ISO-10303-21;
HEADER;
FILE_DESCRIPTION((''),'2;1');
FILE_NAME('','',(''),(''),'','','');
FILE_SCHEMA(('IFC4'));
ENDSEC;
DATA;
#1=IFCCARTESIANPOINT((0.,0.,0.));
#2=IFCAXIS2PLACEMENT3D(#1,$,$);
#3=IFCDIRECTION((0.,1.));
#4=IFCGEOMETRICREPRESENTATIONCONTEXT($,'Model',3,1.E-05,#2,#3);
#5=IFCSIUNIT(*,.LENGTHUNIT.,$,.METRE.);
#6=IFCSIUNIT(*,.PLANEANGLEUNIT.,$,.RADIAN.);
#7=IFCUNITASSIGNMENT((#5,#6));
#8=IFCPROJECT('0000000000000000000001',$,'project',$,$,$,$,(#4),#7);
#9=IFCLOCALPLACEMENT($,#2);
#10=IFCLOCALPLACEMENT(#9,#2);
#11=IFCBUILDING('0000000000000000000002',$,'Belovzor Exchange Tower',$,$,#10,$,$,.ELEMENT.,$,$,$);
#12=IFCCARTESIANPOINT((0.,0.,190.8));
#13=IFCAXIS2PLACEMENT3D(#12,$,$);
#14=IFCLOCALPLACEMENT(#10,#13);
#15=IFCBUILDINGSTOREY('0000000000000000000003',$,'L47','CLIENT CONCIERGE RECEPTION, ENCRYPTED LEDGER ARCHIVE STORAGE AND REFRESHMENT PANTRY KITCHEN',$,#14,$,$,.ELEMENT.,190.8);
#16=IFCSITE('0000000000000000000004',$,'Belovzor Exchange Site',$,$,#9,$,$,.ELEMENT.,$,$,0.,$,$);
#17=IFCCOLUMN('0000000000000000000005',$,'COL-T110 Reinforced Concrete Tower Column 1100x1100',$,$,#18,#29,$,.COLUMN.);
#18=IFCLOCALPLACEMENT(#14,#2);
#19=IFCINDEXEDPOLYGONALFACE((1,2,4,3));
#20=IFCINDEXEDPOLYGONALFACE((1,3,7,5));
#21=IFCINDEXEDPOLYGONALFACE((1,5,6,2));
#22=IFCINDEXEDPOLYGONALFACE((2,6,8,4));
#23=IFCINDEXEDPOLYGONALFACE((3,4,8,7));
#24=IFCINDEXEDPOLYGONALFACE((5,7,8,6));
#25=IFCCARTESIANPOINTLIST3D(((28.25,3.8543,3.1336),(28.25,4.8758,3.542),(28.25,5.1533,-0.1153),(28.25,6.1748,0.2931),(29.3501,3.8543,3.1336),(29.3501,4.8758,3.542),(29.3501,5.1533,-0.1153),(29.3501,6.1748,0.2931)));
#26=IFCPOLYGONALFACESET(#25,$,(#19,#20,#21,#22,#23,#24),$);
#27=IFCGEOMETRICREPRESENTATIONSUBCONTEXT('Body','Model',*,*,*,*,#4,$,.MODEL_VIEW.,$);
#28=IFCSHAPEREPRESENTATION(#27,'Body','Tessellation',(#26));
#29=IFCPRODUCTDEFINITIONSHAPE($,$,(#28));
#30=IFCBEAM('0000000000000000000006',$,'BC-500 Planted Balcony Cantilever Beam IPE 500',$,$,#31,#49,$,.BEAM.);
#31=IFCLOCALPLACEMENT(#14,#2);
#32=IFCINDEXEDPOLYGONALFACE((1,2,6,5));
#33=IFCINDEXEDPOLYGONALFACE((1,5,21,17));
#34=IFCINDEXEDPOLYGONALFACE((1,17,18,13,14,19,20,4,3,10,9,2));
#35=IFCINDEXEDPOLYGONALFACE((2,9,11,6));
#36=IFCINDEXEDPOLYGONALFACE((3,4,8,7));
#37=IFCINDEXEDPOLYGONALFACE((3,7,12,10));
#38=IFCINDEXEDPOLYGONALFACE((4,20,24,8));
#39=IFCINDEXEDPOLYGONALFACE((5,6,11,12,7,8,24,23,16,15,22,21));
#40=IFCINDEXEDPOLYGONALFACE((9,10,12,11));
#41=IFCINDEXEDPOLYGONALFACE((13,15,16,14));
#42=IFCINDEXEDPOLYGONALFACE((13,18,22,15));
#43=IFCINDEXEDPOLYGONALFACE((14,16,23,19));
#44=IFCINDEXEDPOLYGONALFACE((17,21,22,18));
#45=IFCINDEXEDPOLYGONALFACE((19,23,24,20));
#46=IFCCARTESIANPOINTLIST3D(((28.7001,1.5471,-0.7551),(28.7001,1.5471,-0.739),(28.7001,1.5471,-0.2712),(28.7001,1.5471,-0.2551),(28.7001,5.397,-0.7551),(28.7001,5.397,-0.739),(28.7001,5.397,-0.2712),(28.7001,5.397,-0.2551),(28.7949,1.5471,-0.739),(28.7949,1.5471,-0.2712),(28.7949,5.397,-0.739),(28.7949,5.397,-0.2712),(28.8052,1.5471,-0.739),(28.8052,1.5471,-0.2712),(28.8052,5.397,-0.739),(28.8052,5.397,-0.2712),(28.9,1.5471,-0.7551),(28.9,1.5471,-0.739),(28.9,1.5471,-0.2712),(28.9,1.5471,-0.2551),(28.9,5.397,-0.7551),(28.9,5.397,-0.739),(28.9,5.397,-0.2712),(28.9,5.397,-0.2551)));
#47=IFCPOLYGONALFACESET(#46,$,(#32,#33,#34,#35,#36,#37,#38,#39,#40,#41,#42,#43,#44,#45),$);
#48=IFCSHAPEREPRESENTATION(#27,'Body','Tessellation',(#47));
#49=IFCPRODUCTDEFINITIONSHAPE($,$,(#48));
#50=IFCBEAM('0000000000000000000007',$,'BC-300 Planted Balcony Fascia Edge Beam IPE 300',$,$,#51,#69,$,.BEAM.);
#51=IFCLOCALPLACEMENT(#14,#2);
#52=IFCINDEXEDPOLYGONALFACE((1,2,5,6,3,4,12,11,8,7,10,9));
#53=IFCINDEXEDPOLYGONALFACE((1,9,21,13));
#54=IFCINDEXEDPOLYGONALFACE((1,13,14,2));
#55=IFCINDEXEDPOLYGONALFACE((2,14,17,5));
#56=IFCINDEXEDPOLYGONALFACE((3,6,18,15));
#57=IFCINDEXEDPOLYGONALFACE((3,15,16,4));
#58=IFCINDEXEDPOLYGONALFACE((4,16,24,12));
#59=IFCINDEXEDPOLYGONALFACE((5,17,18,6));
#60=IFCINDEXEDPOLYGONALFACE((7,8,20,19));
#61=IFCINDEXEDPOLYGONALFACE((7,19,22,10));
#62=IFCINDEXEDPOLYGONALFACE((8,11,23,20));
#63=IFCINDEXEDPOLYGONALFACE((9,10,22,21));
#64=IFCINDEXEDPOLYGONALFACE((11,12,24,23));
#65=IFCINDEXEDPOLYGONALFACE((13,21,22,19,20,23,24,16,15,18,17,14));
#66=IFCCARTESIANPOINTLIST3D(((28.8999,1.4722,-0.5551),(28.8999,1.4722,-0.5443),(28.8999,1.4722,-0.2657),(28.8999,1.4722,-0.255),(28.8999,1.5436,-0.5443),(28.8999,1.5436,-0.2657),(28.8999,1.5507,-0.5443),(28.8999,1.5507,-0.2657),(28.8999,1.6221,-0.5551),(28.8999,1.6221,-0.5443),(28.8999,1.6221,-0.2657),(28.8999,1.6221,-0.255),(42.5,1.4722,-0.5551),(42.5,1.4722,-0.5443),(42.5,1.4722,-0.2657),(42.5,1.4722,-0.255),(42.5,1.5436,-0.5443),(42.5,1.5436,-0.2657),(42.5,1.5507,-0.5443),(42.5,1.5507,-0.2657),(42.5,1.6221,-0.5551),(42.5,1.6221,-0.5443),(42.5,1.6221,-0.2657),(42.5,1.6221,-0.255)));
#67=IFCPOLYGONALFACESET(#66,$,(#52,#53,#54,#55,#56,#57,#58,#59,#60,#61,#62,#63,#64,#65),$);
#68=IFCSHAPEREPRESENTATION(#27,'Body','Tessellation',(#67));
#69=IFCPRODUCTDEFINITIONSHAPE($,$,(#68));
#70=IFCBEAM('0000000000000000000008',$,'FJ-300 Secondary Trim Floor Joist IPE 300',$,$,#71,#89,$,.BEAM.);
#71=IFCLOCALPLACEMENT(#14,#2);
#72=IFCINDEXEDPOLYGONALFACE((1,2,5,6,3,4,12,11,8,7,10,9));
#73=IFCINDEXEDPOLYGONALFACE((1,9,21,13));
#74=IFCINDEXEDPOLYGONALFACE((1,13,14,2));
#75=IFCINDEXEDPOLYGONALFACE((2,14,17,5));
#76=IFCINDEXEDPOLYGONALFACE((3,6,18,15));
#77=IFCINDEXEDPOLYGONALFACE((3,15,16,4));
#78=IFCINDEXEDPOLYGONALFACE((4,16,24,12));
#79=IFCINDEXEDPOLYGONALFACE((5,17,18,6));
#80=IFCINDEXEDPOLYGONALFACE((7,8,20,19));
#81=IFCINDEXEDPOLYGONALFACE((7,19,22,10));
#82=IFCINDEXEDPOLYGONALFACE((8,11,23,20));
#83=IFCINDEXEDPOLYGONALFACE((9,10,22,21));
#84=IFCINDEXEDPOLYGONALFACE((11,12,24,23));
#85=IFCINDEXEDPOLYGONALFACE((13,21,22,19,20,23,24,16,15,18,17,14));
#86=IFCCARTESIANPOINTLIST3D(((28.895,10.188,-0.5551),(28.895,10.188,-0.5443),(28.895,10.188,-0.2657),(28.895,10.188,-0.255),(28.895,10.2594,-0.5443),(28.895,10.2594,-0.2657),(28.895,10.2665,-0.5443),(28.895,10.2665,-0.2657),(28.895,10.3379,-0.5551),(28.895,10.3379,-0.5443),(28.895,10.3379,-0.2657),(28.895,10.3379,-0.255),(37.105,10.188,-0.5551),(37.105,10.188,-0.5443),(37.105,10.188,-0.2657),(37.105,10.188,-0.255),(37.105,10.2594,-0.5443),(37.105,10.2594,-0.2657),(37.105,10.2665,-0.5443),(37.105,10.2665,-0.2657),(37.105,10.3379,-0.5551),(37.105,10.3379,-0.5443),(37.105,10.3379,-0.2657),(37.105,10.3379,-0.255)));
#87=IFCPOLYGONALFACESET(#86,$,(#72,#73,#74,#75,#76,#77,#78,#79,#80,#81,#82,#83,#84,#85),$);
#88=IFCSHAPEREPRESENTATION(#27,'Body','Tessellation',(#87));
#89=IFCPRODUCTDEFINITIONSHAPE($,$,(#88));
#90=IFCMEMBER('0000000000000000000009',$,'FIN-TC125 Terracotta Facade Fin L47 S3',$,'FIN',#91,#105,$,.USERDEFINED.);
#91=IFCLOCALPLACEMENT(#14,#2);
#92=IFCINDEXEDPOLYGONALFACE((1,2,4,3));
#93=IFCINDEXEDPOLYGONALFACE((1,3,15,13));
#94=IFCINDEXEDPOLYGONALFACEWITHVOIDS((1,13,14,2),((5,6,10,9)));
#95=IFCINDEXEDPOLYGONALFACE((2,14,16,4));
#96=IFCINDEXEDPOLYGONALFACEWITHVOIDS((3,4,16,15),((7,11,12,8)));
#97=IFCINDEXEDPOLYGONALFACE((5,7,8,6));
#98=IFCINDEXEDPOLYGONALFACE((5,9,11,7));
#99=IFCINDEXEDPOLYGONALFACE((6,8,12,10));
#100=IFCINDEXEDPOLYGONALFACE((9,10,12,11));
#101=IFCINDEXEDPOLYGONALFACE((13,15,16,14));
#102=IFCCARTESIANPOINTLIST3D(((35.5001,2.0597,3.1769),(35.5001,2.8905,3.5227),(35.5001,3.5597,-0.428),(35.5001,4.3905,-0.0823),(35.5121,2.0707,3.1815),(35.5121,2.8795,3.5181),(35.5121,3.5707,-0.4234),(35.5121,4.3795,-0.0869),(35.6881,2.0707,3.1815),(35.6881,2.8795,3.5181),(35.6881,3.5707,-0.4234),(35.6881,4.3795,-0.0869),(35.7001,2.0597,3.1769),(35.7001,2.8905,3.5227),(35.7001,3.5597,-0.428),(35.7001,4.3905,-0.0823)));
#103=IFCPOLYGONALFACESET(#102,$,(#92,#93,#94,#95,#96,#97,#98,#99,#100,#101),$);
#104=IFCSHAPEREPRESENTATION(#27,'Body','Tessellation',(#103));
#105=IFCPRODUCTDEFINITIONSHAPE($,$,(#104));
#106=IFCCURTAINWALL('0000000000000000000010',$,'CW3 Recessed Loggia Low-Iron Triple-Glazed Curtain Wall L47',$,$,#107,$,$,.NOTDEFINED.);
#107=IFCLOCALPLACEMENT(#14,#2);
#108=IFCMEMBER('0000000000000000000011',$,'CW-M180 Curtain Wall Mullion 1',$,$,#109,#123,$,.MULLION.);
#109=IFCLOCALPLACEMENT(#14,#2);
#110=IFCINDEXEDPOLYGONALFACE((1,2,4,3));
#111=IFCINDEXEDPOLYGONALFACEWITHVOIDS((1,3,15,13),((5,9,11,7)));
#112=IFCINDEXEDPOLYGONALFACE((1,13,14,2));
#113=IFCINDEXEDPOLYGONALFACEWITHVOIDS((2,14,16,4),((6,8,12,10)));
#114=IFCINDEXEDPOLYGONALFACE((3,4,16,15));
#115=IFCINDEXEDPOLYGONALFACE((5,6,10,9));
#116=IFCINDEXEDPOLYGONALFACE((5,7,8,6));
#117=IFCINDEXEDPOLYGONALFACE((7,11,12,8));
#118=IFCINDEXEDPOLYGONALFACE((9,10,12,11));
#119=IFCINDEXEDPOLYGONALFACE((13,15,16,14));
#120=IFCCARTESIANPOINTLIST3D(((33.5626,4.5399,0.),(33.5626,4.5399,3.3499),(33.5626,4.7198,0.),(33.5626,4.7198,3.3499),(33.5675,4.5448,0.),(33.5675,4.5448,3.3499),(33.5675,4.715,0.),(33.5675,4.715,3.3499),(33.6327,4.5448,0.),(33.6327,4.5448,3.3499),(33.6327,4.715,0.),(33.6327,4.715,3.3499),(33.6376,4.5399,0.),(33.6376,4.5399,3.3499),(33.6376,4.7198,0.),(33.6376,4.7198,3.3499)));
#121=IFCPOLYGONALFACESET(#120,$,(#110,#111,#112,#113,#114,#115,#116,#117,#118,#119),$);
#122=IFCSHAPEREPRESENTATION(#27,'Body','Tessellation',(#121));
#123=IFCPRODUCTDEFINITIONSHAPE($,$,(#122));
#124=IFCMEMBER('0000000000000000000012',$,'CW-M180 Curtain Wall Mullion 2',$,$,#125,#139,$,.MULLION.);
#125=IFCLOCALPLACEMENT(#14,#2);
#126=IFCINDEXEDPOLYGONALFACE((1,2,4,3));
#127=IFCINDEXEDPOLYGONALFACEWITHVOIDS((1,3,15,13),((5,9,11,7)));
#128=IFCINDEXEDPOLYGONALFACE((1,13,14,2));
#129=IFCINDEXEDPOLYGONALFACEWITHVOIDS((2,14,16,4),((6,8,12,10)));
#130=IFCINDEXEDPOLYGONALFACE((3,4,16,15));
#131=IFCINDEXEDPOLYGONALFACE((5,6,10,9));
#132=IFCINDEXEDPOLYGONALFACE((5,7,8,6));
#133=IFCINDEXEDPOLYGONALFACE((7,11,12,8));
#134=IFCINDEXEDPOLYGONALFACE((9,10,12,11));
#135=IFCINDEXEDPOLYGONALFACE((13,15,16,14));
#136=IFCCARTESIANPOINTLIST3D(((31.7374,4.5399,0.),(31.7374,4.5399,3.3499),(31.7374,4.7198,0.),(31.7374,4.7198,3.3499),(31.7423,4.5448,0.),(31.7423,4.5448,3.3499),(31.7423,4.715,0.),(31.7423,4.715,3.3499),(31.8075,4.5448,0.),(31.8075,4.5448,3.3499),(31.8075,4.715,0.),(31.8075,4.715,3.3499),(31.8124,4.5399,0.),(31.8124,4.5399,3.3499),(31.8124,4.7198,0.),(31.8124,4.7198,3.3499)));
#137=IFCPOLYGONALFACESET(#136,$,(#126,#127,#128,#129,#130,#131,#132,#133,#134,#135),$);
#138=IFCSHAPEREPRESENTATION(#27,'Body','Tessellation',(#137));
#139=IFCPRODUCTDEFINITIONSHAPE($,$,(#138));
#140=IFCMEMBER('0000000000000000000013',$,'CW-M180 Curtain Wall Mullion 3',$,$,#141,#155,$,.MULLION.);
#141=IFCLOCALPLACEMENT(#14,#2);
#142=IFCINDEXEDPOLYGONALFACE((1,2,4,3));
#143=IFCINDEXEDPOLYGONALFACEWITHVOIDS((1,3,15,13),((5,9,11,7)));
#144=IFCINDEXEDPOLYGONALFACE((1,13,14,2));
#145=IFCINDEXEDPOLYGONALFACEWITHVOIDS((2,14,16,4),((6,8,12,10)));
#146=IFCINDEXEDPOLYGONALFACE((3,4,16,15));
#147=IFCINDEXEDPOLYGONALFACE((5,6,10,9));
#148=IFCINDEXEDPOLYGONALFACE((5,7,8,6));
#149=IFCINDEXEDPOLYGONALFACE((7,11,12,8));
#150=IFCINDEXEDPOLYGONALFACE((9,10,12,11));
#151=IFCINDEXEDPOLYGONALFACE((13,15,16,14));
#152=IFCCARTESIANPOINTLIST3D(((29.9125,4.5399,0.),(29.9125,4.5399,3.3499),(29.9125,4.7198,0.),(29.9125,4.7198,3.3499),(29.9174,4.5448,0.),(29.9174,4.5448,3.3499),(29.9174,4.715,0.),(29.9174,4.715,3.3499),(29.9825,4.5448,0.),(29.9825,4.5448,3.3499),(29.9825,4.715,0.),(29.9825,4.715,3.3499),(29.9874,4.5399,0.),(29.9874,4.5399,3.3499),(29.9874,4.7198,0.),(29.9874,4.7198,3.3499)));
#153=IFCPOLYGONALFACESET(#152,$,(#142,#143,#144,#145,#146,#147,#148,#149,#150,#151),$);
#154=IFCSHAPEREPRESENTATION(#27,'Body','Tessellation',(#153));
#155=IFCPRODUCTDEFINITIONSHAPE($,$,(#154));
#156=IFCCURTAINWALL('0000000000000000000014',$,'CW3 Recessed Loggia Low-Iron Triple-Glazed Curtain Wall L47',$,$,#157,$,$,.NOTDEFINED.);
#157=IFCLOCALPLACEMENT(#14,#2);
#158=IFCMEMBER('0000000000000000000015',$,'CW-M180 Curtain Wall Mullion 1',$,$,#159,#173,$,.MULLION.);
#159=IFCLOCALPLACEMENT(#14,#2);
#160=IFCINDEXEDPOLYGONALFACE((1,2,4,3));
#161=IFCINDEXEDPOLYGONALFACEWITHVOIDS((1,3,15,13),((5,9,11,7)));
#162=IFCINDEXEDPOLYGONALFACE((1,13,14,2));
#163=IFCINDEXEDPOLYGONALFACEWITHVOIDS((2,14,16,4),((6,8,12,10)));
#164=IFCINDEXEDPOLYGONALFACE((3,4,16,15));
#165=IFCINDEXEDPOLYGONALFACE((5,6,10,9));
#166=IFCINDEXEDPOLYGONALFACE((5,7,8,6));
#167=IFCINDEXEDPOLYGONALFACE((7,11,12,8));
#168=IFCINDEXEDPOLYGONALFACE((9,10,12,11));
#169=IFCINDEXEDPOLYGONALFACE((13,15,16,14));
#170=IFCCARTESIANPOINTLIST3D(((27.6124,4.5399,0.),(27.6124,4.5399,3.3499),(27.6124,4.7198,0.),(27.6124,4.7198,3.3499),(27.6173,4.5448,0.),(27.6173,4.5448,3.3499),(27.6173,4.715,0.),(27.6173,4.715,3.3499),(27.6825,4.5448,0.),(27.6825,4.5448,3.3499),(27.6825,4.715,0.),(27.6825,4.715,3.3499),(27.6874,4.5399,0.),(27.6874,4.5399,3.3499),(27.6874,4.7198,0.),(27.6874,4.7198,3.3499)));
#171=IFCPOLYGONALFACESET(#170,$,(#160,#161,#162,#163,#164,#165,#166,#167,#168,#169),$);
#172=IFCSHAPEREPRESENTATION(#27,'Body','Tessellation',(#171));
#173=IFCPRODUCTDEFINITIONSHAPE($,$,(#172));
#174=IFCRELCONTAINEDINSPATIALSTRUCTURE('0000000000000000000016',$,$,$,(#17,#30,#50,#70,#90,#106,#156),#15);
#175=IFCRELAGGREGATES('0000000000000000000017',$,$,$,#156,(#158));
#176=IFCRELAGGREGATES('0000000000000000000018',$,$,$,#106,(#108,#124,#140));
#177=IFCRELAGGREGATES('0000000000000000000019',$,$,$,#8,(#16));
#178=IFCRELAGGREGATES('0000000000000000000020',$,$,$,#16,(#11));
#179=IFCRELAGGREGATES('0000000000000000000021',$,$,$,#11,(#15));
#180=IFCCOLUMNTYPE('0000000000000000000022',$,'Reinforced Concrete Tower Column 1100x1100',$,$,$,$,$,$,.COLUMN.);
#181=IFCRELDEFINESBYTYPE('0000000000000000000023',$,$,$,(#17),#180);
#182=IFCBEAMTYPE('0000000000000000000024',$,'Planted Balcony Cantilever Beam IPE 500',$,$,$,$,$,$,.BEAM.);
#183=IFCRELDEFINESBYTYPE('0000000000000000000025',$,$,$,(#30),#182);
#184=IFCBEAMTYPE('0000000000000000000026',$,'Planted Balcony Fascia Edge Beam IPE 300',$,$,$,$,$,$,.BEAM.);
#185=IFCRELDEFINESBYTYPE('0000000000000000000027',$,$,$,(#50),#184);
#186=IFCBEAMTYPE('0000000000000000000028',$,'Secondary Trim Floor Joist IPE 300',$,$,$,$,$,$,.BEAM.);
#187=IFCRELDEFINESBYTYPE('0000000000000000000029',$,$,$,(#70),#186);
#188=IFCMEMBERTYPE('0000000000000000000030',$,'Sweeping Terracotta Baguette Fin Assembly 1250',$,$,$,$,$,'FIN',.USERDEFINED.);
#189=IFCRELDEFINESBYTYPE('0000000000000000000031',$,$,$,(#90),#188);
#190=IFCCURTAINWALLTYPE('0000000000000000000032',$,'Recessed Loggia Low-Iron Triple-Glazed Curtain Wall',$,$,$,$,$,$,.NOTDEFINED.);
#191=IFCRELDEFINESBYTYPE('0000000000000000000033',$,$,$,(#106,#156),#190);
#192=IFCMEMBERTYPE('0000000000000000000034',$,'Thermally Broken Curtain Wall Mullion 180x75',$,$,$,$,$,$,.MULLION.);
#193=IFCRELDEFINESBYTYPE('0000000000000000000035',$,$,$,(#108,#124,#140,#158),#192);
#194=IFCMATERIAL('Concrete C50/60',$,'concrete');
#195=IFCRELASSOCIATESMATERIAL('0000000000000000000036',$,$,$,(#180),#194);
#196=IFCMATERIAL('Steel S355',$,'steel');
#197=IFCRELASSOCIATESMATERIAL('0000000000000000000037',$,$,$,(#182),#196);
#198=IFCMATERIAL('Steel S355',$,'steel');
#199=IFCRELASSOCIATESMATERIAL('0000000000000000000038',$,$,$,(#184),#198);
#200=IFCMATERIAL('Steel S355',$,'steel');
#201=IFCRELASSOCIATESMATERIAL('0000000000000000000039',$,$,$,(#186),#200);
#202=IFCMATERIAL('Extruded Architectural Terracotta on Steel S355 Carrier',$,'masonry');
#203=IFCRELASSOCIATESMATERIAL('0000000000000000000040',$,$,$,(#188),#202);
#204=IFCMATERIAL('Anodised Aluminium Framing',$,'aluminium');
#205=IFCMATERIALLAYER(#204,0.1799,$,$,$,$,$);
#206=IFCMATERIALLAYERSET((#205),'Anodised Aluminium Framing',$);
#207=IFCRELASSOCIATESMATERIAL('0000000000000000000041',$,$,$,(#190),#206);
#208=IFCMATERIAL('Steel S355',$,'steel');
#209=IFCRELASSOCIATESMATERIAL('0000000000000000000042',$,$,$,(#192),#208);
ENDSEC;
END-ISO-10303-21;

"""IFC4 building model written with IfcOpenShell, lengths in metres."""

from ifc_helpers import new_model, si_unit, direction, frame, origin, origin_2d, place, context, subcontext, project, spatial, rectangle, hollow_rectangle, i_section, extrude, material, layer, layer_set, material_profile, profile_set, type_object, element, aggregate, save


model = new_model("IFC4")

# Units and contexts
model_context = context("Model", 3, precision=1e-05, world=origin(), true_north=direction((0.0, 1.0)))
body_context = subcontext(model_context, "Body", "Model", "MODEL_VIEW")
ifc_project = project(units=[si_unit("LENGTHUNIT", "METRE"), si_unit("PLANEANGLEUNIT", "RADIAN")], contexts=[model_context])

# Site, building, storey
site_placement = place(None, origin())
site = spatial("IfcSite", under=ifc_project, at=site_placement, Name="Belovzor Exchange Site", CompositionType="ELEMENT", RefElevation=0.0)
building_placement = place(site_placement, origin())
building = spatial("IfcBuilding", under=site, at=building_placement, Name="Belovzor Exchange Tower", CompositionType="ELEMENT")
storey_placement = place(building_placement, frame((0.0, 0.0, 190.8)))
storey = spatial("IfcBuildingStorey", under=building, at=storey_placement, Name="L47", Description="CLIENT CONCIERGE RECEPTION, ENCRYPTED LEDGER ARCHIVE STORAGE AND REFRESHMENT PANTRY KITCHEN", CompositionType="ELEMENT", Elevation=190.8)

# Column
ifc_material_1 = material(Name="Concrete C50/60", Category="concrete")
ifc_material_profile_1 = material_profile(ifc_material_1, rectangle(XDim=1.1001, YDim=1.1001, at=origin_2d()))
ifc_profile_set_1 = profile_set([ifc_material_profile_1], Name="Concrete C50/60")
column_type = type_object("IfcColumnType", Name="Reinforced Concrete Tower Column 1100x1100", PredefinedType="COLUMN", material=ifc_profile_set_1)
column_placement = place(storey_placement, frame((28.8, 5.6641, 0.0889), z_axis=(0.0, -0.371258, 0.92853), x_axis=(1.0, 0.0, 0.0)))
element("IfcColumn", 1, at=column_placement, inside=storey, type_object=column_type, Name="COL-T110 Reinforced Concrete Tower Column 1100x1100", PredefinedType="COLUMN", context=body_context, shape_type="SweptSolid", body=[
    extrude(rectangle(XDim=1.1001, YDim=1.1001, at=origin_2d()), origin(), (0.0, 0.0, 1.0), 3.499),
])

# Beams
ifc_material_2 = material(Name="Steel S355", Category="steel")
ifc_material_profile_2 = material_profile(ifc_material_2, i_section(OverallWidth=0.2, OverallDepth=0.5, WebThickness=0.0103, FlangeThickness=0.0161, at=origin_2d()))
ifc_profile_set_2 = profile_set([ifc_material_profile_2], Name="Steel S355")
beam_type_1 = type_object("IfcBeamType", Name="Planted Balcony Cantilever Beam IPE 500", PredefinedType="BEAM", material=ifc_profile_set_2)
beam_1_placement = place(storey_placement, frame((28.8, 5.397, -0.5051), z_axis=(0.0, -1.0, 0.0), x_axis=(1.0, 0.0, 0.0)))
element("IfcBeam", 2, at=beam_1_placement, inside=storey, type_object=beam_type_1, Name="BC-500 Planted Balcony Cantilever Beam IPE 500", PredefinedType="BEAM", context=body_context, shape_type="SweptSolid", body=[
    extrude(i_section(OverallWidth=0.2, OverallDepth=0.5, WebThickness=0.0103, FlangeThickness=0.0161, at=origin_2d()), origin(), (0.0, 0.0, 1.0), 3.8499),
])
ifc_material_3 = material(Name="Steel S355", Category="steel")
ifc_material_profile_3 = material_profile(ifc_material_3, i_section(OverallWidth=0.1499, OverallDepth=0.3, WebThickness=0.0071, FlangeThickness=0.0107, at=origin_2d()))
ifc_profile_set_3 = profile_set([ifc_material_profile_3], Name="Steel S355")
beam_type_2 = type_object("IfcBeamType", Name="Planted Balcony Fascia Edge Beam IPE 300", PredefinedType="BEAM", material=ifc_profile_set_3)
beam_2_placement = place(storey_placement, frame((28.8999, 1.5471, -0.405), z_axis=(1.0, 0.0, 0.0), x_axis=(0.0, 1.0, 0.0)))
element("IfcBeam", 3, at=beam_2_placement, inside=storey, type_object=beam_type_2, Name="BC-300 Planted Balcony Fascia Edge Beam IPE 300", PredefinedType="BEAM", context=body_context, shape_type="SweptSolid", body=[
    extrude(i_section(OverallWidth=0.1499, OverallDepth=0.3, WebThickness=0.0071, FlangeThickness=0.0107, at=origin_2d()), origin(), (0.0, 0.0, 1.0), 13.6001),
])
ifc_material_4 = material(Name="Steel S355", Category="steel")
ifc_material_profile_4 = material_profile(ifc_material_4, i_section(OverallWidth=0.1499, OverallDepth=0.3, WebThickness=0.0071, FlangeThickness=0.0107, at=origin_2d()))
ifc_profile_set_4 = profile_set([ifc_material_profile_4], Name="Steel S355")
beam_type_3 = type_object("IfcBeamType", Name="Secondary Trim Floor Joist IPE 300", PredefinedType="BEAM", material=ifc_profile_set_4)
beam_3_placement = place(storey_placement, frame((28.895, 10.2629, -0.405), z_axis=(1.0, 0.0, 0.0), x_axis=(0.0, 1.0, 0.0)))
element("IfcBeam", 4, at=beam_3_placement, inside=storey, type_object=beam_type_3, Name="FJ-300 Secondary Trim Floor Joist IPE 300", PredefinedType="BEAM", context=body_context, shape_type="SweptSolid", body=[
    extrude(i_section(OverallWidth=0.1499, OverallDepth=0.3, WebThickness=0.0071, FlangeThickness=0.0107, at=origin_2d()), origin(), (0.0, 0.0, 1.0), 8.21),
])

# Member
ifc_material_5 = material(Name="Extruded Architectural Terracotta on Steel S355 Carrier", Category="masonry")
ifc_material_profile_5 = material_profile(ifc_material_5, hollow_rectangle(XDim=0.2, YDim=0.8999, WallThickness=0.012, at=origin_2d()))
ifc_profile_set_5 = profile_set([ifc_material_profile_5], Name="Extruded Architectural Terracotta on Steel S355 Carrier")
member_type_1 = type_object("IfcMemberType", Name="Sweeping Terracotta Baguette Fin Assembly 1250", ElementType="FIN", PredefinedType="USERDEFINED", material=ifc_profile_set_5)
member_1_placement = place(storey_placement, frame((35.6001, 3.9751, -0.2551), z_axis=(0.0, -0.384162, 0.923266), x_axis=(1.0, 0.0, 0.0)))
element("IfcMember", 5, at=member_1_placement, inside=storey, type_object=member_type_1, Name="FIN-TC125 Terracotta Facade Fin L47 S3", ObjectType="FIN", PredefinedType="USERDEFINED", context=body_context, shape_type="SweptSolid", body=[
    extrude(hollow_rectangle(XDim=0.2, YDim=0.8999, WallThickness=0.012, at=origin_2d()), origin(), (0.0, 0.0, 1.0), 3.9045),
])

# Curtain wall, members
ifc_material_6 = material(Name="Anodised Aluminium Framing", Category="aluminium")
ifc_layer_1 = layer(ifc_material_6, 0.1799)
ifc_layer_set_1 = layer_set([ifc_layer_1], Name="Anodised Aluminium Framing")
curtain_wall_type = type_object("IfcCurtainWallType", Name="Recessed Loggia Low-Iron Triple-Glazed Curtain Wall", PredefinedType="NOTDEFINED", material=ifc_layer_set_1)
curtain_wall_1_placement = place(storey_placement, origin())
curtain_wall_1 = element("IfcCurtainWall", 6, at=curtain_wall_1_placement, inside=storey, type_object=curtain_wall_type, Name="CW3 Recessed Loggia Low-Iron Triple-Glazed Curtain Wall L47", PredefinedType="NOTDEFINED")
ifc_material_7 = material(Name="Steel S355", Category="steel")
ifc_material_profile_6 = material_profile(ifc_material_7, hollow_rectangle(XDim=0.075, YDim=0.1799, WallThickness=0.0049, at=origin_2d()))
ifc_profile_set_6 = profile_set([ifc_material_profile_6], Name="Steel S355")
member_type_2 = type_object("IfcMemberType", Name="Thermally Broken Curtain Wall Mullion 180x75", PredefinedType="MULLION", material=ifc_profile_set_6)
member_2_placement = place(storey_placement, frame((33.6001, 4.6299, 0.0), z_axis=(0.0, 0.0, 1.0), x_axis=(-1.0, 0.0, 0.0)))
member_2 = element("IfcMember", 7, at=member_2_placement, type_object=member_type_2, Name="CW-M180 Curtain Wall Mullion 1", PredefinedType="MULLION", context=body_context, shape_type="SweptSolid", body=[
    extrude(hollow_rectangle(XDim=0.075, YDim=0.1799, WallThickness=0.0049, at=origin_2d()), origin(), (0.0, 0.0, 1.0), 3.3499),
])
member_3_placement = place(storey_placement, frame((31.7749, 4.6299, 0.0), z_axis=(0.0, 0.0, 1.0), x_axis=(-1.0, 0.0, 0.0)))
member_3 = element("IfcMember", 8, at=member_3_placement, type_object=member_type_2, Name="CW-M180 Curtain Wall Mullion 2", PredefinedType="MULLION", context=body_context, shape_type="SweptSolid", body=[
    extrude(hollow_rectangle(XDim=0.075, YDim=0.1799, WallThickness=0.0049, at=origin_2d()), origin(), (0.0, 0.0, 1.0), 3.3499),
])
member_4_placement = place(storey_placement, frame((29.95, 4.6299, 0.0), z_axis=(0.0, 0.0, 1.0), x_axis=(-1.0, 0.0, 0.0)))
member_4 = element("IfcMember", 9, at=member_4_placement, type_object=member_type_2, Name="CW-M180 Curtain Wall Mullion 3", PredefinedType="MULLION", context=body_context, shape_type="SweptSolid", body=[
    extrude(hollow_rectangle(XDim=0.075, YDim=0.1799, WallThickness=0.0049, at=origin_2d()), origin(), (0.0, 0.0, 1.0), 3.3499),
])

# Curtain wall, member
curtain_wall_2_placement = place(storey_placement, origin())
curtain_wall_2 = element("IfcCurtainWall", 10, at=curtain_wall_2_placement, inside=storey, type_object=curtain_wall_type, Name="CW3 Recessed Loggia Low-Iron Triple-Glazed Curtain Wall L47", PredefinedType="NOTDEFINED")
member_5_placement = place(storey_placement, frame((27.6499, 4.6299, 0.0), z_axis=(0.0, 0.0, 1.0), x_axis=(-1.0, 0.0, 0.0)))
member_5 = element("IfcMember", 11, at=member_5_placement, type_object=member_type_2, Name="CW-M180 Curtain Wall Mullion 1", PredefinedType="MULLION", context=body_context, shape_type="SweptSolid", body=[
    extrude(hollow_rectangle(XDim=0.075, YDim=0.1799, WallThickness=0.0049, at=origin_2d()), origin(), (0.0, 0.0, 1.0), 3.3499),
])

aggregate(curtain_wall_2, [member_5])

aggregate(curtain_wall_1, [member_2, member_3, member_4])

save(model, "model.ifc")
